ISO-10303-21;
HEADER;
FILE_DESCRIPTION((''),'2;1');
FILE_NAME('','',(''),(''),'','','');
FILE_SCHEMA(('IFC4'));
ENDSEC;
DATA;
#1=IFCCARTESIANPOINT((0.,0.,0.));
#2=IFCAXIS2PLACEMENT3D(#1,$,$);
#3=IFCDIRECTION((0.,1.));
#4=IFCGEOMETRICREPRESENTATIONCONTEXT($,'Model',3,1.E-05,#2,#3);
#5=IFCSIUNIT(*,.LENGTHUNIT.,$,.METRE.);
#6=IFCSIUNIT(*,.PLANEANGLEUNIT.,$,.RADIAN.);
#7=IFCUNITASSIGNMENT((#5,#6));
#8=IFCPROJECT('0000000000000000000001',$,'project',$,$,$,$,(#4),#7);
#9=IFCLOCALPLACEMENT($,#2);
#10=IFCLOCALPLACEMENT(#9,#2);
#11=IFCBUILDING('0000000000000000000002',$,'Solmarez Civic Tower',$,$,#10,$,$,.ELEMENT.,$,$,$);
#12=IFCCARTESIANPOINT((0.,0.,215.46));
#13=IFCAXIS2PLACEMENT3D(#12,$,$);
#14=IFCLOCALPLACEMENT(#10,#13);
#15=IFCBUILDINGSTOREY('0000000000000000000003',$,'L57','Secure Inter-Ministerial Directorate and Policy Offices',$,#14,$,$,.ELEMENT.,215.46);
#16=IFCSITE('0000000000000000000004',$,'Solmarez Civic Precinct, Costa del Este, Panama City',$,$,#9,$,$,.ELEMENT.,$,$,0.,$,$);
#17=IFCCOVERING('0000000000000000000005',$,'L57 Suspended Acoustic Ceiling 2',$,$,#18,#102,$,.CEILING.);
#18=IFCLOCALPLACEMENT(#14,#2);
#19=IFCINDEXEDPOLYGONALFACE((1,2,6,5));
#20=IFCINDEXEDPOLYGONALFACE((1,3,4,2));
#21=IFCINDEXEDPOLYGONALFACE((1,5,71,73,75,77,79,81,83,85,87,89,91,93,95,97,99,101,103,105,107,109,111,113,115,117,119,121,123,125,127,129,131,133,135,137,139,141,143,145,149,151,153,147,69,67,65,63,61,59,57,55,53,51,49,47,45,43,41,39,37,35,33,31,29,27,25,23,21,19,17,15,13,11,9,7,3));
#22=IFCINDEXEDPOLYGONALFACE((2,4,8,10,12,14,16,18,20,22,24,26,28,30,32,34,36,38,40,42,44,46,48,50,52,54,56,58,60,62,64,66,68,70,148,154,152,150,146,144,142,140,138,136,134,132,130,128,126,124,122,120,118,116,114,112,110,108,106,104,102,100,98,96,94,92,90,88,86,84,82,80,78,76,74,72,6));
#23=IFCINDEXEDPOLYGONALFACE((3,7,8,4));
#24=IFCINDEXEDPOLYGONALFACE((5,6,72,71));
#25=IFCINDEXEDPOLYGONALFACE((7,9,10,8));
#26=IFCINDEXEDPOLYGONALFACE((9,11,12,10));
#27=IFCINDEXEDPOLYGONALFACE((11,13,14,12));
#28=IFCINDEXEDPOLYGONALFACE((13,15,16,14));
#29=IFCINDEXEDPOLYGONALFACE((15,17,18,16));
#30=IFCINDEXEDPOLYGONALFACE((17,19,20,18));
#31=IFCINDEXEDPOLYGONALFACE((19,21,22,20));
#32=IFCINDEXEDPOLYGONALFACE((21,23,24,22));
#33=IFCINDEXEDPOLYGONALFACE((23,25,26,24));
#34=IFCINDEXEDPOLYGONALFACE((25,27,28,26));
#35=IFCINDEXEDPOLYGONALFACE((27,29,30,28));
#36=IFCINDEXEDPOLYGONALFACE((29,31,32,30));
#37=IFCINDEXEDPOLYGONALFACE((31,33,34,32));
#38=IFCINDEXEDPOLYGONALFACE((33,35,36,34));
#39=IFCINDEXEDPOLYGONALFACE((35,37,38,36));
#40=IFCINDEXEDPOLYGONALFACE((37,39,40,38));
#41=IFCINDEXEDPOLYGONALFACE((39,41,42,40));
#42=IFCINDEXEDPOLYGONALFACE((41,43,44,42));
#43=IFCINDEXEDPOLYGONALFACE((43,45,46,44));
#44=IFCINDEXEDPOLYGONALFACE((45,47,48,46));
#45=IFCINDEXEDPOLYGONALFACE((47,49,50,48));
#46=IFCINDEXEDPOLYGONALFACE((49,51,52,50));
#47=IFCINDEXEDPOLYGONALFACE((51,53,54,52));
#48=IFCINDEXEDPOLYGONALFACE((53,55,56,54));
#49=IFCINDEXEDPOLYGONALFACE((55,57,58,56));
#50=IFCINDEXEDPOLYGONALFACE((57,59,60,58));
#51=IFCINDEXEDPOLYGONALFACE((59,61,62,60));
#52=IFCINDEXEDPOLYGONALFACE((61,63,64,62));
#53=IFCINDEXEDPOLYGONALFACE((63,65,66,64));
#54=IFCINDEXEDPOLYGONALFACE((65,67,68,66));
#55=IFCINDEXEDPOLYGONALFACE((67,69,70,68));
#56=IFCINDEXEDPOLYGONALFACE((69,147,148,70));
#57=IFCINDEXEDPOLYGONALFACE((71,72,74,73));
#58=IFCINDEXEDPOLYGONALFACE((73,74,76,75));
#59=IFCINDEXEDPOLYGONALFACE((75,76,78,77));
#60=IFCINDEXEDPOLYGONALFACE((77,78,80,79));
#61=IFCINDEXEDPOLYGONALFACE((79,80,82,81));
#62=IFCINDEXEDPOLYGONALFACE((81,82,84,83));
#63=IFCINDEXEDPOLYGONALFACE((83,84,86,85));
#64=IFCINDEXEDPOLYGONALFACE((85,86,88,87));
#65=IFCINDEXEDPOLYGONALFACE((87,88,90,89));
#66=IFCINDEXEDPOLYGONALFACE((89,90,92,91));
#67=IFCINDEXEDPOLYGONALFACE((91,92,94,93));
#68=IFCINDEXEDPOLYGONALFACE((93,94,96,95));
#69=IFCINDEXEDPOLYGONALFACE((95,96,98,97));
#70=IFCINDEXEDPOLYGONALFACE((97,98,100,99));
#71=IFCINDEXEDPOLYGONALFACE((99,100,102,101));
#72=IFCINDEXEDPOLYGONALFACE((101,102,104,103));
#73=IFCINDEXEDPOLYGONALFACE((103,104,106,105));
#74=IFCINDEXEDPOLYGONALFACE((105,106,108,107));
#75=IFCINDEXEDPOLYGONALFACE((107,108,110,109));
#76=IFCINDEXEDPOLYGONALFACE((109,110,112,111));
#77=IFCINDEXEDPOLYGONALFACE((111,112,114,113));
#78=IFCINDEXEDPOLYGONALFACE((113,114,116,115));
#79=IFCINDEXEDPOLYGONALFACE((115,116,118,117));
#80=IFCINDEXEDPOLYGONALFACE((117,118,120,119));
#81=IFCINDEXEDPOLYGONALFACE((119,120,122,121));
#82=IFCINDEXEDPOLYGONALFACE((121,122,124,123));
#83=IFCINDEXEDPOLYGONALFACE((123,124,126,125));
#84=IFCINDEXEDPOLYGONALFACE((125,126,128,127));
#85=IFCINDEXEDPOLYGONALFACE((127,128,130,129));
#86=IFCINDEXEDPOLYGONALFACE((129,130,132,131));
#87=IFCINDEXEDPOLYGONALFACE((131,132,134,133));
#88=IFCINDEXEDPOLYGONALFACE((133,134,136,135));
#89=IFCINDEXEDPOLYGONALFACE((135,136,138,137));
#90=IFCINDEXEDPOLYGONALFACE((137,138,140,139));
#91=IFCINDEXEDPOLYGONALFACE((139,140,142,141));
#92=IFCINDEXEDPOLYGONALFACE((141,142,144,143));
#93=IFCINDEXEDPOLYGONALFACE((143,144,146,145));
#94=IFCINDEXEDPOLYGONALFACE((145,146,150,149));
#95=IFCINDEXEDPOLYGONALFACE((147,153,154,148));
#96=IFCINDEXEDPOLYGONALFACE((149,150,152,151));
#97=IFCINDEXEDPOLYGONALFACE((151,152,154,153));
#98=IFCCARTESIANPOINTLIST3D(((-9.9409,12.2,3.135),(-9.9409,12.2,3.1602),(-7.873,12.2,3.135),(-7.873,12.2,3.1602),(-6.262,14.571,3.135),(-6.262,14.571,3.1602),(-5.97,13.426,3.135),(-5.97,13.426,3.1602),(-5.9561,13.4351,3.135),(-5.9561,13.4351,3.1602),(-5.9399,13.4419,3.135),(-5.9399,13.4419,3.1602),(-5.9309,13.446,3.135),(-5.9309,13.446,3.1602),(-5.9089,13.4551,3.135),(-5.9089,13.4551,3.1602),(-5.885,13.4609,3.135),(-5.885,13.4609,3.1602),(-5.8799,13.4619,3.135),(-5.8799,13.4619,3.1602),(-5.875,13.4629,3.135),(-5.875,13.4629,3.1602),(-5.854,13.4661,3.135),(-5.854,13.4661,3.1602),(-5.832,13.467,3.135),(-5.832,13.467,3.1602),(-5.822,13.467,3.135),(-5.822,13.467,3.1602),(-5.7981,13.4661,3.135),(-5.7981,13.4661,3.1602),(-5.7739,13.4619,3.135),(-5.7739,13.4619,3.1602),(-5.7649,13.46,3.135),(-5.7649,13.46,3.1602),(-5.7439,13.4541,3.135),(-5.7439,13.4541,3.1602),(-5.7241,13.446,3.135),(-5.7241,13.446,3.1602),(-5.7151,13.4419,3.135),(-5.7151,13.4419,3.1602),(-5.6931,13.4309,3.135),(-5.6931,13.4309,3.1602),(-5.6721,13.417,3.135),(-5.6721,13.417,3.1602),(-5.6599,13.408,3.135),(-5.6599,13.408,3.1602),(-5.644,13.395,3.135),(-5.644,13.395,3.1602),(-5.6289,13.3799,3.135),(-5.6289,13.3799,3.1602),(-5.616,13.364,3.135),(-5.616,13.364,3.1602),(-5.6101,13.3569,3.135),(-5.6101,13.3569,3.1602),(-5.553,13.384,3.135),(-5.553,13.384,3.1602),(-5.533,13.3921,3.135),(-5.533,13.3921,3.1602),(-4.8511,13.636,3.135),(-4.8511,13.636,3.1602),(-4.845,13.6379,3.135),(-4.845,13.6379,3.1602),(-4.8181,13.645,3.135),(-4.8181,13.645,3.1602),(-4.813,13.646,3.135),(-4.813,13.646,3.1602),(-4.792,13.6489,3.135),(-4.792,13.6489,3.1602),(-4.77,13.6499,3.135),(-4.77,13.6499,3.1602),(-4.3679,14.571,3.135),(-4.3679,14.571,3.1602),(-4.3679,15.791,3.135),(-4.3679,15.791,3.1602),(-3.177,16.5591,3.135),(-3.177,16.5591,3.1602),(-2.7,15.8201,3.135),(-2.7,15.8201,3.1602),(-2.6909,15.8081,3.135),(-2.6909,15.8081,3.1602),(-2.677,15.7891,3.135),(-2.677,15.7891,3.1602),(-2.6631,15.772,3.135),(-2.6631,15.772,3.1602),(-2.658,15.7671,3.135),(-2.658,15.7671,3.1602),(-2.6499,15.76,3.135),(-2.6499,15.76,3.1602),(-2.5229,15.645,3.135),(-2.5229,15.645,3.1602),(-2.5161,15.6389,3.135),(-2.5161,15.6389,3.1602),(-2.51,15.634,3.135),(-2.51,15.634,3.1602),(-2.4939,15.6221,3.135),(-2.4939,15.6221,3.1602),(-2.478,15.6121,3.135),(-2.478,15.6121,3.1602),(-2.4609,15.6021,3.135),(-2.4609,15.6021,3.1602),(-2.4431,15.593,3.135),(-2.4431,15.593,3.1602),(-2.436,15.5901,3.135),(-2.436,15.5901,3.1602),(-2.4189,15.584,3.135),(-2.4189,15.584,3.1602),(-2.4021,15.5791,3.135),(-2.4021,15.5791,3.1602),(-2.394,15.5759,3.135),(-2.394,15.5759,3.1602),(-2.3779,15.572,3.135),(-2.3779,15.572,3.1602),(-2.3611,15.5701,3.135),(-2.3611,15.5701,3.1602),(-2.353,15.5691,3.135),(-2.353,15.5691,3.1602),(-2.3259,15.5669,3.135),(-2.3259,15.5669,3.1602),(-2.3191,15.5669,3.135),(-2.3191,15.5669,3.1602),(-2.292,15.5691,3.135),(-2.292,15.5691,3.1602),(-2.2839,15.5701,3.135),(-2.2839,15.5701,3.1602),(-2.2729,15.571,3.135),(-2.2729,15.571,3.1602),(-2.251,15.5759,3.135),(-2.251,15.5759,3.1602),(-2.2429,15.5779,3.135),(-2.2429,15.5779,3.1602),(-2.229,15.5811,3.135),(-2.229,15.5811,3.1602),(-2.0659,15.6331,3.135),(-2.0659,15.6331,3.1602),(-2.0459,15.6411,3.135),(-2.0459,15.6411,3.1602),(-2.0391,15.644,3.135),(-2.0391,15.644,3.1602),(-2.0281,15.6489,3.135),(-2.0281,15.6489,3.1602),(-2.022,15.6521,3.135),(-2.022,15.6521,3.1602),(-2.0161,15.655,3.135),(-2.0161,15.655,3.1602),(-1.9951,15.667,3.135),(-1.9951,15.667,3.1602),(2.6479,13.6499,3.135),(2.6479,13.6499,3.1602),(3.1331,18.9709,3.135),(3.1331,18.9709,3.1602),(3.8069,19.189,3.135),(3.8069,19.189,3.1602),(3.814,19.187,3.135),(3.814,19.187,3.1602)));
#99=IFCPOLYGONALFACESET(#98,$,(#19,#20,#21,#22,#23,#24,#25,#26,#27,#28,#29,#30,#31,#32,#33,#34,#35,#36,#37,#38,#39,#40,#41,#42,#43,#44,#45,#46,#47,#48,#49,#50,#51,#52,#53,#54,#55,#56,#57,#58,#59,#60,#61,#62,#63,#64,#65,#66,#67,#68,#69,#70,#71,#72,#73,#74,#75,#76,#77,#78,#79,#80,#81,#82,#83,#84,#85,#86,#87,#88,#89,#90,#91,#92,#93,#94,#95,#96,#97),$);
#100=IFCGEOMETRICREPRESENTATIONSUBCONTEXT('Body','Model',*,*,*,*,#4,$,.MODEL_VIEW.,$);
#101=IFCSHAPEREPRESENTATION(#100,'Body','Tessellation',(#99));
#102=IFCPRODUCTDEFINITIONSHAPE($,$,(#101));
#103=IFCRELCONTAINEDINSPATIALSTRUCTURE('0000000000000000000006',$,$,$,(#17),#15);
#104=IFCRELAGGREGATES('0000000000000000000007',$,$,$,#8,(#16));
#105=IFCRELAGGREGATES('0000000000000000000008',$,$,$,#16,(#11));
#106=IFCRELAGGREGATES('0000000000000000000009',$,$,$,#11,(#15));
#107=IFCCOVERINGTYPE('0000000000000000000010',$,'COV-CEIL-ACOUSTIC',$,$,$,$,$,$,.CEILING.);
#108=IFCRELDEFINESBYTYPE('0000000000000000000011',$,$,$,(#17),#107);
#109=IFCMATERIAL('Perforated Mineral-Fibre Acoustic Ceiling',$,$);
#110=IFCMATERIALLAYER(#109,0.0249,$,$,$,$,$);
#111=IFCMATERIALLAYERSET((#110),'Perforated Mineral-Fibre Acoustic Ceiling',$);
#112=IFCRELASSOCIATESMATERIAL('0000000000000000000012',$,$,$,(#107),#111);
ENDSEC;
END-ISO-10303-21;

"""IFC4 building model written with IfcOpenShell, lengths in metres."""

from ifc_helpers import new_model, si_unit, direction, frame, origin, place, context, subcontext, project, spatial, polyline, outline, extrude, material, layer, layer_set, type_object, element, save


model = new_model("IFC4")

# Units and contexts
model_context = context("Model", 3, precision=1e-05, world=origin(), true_north=direction((0.0, 1.0)))
body_context = subcontext(model_context, "Body", "Model", "MODEL_VIEW")
ifc_project = project(units=[si_unit("LENGTHUNIT", "METRE"), si_unit("PLANEANGLEUNIT", "RADIAN")], contexts=[model_context])

# Site, building, storey
site_placement = place(None, origin())
site = spatial("IfcSite", under=ifc_project, at=site_placement, Name="Solmarez Civic Precinct, Costa del Este, Panama City", CompositionType="ELEMENT", RefElevation=0.0)
building_placement = place(site_placement, origin())
building = spatial("IfcBuilding", under=site, at=building_placement, Name="Solmarez Civic Tower", CompositionType="ELEMENT")
storey_placement = place(building_placement, frame((0.0, 0.0, 215.46)))
storey = spatial("IfcBuildingStorey", under=building, at=storey_placement, Name="L57", Description="Secure Inter-Ministerial Directorate and Policy Offices", CompositionType="ELEMENT", Elevation=215.46)

# Covering
ifc_material_1 = material(Name="Perforated Mineral-Fibre Acoustic Ceiling")
ifc_layer_1 = layer(ifc_material_1, 0.0249)
ifc_layer_set_1 = layer_set([ifc_layer_1], Name="Perforated Mineral-Fibre Acoustic Ceiling")
covering_type_1 = type_object("IfcCoveringType", Name="COV-CEIL-ACOUSTIC", PredefinedType="CEILING", material=ifc_layer_set_1)
covering_1_placement = place(storey_placement, frame((0.0, 0.0, 3.135)))
element("IfcCovering", 1, at=covering_1_placement, inside=storey, type_object=covering_type_1, Name="L57 Suspended Acoustic Ceiling 2", PredefinedType="CEILING", context=body_context, shape_type="SweptSolid", body=[
    extrude(outline(polyline([(-9.9409, 12.2), (-7.873, 12.2), (-5.97, 13.426), (-5.9561, 13.4351), (-5.9399, 13.4419), (-5.9309, 13.446), (-5.9089, 13.4551), (-5.885, 13.4609), (-5.8799, 13.4619), (-5.875, 13.4629), (-5.854, 13.4661), (-5.832, 13.467), (-5.822, 13.467), (-5.7981, 13.4661), (-5.7739, 13.4619), (-5.7649, 13.46), (-5.7439, 13.4541), (-5.7241, 13.446), (-5.7151, 13.4419), (-5.6931, 13.4309), (-5.6721, 13.417), (-5.6599, 13.408), (-5.644, 13.395), (-5.6289, 13.3799), (-5.616, 13.364), (-5.6101, 13.3569), (-5.553, 13.384), (-5.533, 13.3921), (-4.8511, 13.636), (-4.845, 13.6379), (-4.8181, 13.645), (-4.813, 13.646), (-4.792, 13.6489), (-4.77, 13.6499), (2.6479, 13.6499), (3.814, 19.187), (3.8069, 19.189), (3.1331, 18.9709), (-1.9951, 15.667), (-2.0161, 15.655), (-2.022, 15.6521), (-2.0281, 15.6489), (-2.0391, 15.644), (-2.0459, 15.6411), (-2.0659, 15.6331), (-2.229, 15.5811), (-2.2429, 15.5779), (-2.251, 15.5759), (-2.2729, 15.571), (-2.2839, 15.5701), (-2.292, 15.5691), (-2.3191, 15.5669), (-2.3259, 15.5669), (-2.353, 15.5691), (-2.3611, 15.5701), (-2.3779, 15.572), (-2.394, 15.5759), (-2.4021, 15.5791), (-2.4189, 15.584), (-2.436, 15.5901), (-2.4431, 15.593), (-2.4609, 15.6021), (-2.478, 15.6121), (-2.4939, 15.6221), (-2.51, 15.634), (-2.5161, 15.6389), (-2.5229, 15.645), (-2.6499, 15.76), (-2.658, 15.7671), (-2.6631, 15.772), (-2.677, 15.7891), (-2.6909, 15.8081), (-2.7, 15.8201), (-3.177, 16.5591), (-4.3679, 15.791), (-4.3679, 14.571), (-6.262, 14.571), (-9.9409, 12.2)])), origin(), (0.0, 0.0, 1.0), 0.0251),
])

save(model, "model.ifc")
